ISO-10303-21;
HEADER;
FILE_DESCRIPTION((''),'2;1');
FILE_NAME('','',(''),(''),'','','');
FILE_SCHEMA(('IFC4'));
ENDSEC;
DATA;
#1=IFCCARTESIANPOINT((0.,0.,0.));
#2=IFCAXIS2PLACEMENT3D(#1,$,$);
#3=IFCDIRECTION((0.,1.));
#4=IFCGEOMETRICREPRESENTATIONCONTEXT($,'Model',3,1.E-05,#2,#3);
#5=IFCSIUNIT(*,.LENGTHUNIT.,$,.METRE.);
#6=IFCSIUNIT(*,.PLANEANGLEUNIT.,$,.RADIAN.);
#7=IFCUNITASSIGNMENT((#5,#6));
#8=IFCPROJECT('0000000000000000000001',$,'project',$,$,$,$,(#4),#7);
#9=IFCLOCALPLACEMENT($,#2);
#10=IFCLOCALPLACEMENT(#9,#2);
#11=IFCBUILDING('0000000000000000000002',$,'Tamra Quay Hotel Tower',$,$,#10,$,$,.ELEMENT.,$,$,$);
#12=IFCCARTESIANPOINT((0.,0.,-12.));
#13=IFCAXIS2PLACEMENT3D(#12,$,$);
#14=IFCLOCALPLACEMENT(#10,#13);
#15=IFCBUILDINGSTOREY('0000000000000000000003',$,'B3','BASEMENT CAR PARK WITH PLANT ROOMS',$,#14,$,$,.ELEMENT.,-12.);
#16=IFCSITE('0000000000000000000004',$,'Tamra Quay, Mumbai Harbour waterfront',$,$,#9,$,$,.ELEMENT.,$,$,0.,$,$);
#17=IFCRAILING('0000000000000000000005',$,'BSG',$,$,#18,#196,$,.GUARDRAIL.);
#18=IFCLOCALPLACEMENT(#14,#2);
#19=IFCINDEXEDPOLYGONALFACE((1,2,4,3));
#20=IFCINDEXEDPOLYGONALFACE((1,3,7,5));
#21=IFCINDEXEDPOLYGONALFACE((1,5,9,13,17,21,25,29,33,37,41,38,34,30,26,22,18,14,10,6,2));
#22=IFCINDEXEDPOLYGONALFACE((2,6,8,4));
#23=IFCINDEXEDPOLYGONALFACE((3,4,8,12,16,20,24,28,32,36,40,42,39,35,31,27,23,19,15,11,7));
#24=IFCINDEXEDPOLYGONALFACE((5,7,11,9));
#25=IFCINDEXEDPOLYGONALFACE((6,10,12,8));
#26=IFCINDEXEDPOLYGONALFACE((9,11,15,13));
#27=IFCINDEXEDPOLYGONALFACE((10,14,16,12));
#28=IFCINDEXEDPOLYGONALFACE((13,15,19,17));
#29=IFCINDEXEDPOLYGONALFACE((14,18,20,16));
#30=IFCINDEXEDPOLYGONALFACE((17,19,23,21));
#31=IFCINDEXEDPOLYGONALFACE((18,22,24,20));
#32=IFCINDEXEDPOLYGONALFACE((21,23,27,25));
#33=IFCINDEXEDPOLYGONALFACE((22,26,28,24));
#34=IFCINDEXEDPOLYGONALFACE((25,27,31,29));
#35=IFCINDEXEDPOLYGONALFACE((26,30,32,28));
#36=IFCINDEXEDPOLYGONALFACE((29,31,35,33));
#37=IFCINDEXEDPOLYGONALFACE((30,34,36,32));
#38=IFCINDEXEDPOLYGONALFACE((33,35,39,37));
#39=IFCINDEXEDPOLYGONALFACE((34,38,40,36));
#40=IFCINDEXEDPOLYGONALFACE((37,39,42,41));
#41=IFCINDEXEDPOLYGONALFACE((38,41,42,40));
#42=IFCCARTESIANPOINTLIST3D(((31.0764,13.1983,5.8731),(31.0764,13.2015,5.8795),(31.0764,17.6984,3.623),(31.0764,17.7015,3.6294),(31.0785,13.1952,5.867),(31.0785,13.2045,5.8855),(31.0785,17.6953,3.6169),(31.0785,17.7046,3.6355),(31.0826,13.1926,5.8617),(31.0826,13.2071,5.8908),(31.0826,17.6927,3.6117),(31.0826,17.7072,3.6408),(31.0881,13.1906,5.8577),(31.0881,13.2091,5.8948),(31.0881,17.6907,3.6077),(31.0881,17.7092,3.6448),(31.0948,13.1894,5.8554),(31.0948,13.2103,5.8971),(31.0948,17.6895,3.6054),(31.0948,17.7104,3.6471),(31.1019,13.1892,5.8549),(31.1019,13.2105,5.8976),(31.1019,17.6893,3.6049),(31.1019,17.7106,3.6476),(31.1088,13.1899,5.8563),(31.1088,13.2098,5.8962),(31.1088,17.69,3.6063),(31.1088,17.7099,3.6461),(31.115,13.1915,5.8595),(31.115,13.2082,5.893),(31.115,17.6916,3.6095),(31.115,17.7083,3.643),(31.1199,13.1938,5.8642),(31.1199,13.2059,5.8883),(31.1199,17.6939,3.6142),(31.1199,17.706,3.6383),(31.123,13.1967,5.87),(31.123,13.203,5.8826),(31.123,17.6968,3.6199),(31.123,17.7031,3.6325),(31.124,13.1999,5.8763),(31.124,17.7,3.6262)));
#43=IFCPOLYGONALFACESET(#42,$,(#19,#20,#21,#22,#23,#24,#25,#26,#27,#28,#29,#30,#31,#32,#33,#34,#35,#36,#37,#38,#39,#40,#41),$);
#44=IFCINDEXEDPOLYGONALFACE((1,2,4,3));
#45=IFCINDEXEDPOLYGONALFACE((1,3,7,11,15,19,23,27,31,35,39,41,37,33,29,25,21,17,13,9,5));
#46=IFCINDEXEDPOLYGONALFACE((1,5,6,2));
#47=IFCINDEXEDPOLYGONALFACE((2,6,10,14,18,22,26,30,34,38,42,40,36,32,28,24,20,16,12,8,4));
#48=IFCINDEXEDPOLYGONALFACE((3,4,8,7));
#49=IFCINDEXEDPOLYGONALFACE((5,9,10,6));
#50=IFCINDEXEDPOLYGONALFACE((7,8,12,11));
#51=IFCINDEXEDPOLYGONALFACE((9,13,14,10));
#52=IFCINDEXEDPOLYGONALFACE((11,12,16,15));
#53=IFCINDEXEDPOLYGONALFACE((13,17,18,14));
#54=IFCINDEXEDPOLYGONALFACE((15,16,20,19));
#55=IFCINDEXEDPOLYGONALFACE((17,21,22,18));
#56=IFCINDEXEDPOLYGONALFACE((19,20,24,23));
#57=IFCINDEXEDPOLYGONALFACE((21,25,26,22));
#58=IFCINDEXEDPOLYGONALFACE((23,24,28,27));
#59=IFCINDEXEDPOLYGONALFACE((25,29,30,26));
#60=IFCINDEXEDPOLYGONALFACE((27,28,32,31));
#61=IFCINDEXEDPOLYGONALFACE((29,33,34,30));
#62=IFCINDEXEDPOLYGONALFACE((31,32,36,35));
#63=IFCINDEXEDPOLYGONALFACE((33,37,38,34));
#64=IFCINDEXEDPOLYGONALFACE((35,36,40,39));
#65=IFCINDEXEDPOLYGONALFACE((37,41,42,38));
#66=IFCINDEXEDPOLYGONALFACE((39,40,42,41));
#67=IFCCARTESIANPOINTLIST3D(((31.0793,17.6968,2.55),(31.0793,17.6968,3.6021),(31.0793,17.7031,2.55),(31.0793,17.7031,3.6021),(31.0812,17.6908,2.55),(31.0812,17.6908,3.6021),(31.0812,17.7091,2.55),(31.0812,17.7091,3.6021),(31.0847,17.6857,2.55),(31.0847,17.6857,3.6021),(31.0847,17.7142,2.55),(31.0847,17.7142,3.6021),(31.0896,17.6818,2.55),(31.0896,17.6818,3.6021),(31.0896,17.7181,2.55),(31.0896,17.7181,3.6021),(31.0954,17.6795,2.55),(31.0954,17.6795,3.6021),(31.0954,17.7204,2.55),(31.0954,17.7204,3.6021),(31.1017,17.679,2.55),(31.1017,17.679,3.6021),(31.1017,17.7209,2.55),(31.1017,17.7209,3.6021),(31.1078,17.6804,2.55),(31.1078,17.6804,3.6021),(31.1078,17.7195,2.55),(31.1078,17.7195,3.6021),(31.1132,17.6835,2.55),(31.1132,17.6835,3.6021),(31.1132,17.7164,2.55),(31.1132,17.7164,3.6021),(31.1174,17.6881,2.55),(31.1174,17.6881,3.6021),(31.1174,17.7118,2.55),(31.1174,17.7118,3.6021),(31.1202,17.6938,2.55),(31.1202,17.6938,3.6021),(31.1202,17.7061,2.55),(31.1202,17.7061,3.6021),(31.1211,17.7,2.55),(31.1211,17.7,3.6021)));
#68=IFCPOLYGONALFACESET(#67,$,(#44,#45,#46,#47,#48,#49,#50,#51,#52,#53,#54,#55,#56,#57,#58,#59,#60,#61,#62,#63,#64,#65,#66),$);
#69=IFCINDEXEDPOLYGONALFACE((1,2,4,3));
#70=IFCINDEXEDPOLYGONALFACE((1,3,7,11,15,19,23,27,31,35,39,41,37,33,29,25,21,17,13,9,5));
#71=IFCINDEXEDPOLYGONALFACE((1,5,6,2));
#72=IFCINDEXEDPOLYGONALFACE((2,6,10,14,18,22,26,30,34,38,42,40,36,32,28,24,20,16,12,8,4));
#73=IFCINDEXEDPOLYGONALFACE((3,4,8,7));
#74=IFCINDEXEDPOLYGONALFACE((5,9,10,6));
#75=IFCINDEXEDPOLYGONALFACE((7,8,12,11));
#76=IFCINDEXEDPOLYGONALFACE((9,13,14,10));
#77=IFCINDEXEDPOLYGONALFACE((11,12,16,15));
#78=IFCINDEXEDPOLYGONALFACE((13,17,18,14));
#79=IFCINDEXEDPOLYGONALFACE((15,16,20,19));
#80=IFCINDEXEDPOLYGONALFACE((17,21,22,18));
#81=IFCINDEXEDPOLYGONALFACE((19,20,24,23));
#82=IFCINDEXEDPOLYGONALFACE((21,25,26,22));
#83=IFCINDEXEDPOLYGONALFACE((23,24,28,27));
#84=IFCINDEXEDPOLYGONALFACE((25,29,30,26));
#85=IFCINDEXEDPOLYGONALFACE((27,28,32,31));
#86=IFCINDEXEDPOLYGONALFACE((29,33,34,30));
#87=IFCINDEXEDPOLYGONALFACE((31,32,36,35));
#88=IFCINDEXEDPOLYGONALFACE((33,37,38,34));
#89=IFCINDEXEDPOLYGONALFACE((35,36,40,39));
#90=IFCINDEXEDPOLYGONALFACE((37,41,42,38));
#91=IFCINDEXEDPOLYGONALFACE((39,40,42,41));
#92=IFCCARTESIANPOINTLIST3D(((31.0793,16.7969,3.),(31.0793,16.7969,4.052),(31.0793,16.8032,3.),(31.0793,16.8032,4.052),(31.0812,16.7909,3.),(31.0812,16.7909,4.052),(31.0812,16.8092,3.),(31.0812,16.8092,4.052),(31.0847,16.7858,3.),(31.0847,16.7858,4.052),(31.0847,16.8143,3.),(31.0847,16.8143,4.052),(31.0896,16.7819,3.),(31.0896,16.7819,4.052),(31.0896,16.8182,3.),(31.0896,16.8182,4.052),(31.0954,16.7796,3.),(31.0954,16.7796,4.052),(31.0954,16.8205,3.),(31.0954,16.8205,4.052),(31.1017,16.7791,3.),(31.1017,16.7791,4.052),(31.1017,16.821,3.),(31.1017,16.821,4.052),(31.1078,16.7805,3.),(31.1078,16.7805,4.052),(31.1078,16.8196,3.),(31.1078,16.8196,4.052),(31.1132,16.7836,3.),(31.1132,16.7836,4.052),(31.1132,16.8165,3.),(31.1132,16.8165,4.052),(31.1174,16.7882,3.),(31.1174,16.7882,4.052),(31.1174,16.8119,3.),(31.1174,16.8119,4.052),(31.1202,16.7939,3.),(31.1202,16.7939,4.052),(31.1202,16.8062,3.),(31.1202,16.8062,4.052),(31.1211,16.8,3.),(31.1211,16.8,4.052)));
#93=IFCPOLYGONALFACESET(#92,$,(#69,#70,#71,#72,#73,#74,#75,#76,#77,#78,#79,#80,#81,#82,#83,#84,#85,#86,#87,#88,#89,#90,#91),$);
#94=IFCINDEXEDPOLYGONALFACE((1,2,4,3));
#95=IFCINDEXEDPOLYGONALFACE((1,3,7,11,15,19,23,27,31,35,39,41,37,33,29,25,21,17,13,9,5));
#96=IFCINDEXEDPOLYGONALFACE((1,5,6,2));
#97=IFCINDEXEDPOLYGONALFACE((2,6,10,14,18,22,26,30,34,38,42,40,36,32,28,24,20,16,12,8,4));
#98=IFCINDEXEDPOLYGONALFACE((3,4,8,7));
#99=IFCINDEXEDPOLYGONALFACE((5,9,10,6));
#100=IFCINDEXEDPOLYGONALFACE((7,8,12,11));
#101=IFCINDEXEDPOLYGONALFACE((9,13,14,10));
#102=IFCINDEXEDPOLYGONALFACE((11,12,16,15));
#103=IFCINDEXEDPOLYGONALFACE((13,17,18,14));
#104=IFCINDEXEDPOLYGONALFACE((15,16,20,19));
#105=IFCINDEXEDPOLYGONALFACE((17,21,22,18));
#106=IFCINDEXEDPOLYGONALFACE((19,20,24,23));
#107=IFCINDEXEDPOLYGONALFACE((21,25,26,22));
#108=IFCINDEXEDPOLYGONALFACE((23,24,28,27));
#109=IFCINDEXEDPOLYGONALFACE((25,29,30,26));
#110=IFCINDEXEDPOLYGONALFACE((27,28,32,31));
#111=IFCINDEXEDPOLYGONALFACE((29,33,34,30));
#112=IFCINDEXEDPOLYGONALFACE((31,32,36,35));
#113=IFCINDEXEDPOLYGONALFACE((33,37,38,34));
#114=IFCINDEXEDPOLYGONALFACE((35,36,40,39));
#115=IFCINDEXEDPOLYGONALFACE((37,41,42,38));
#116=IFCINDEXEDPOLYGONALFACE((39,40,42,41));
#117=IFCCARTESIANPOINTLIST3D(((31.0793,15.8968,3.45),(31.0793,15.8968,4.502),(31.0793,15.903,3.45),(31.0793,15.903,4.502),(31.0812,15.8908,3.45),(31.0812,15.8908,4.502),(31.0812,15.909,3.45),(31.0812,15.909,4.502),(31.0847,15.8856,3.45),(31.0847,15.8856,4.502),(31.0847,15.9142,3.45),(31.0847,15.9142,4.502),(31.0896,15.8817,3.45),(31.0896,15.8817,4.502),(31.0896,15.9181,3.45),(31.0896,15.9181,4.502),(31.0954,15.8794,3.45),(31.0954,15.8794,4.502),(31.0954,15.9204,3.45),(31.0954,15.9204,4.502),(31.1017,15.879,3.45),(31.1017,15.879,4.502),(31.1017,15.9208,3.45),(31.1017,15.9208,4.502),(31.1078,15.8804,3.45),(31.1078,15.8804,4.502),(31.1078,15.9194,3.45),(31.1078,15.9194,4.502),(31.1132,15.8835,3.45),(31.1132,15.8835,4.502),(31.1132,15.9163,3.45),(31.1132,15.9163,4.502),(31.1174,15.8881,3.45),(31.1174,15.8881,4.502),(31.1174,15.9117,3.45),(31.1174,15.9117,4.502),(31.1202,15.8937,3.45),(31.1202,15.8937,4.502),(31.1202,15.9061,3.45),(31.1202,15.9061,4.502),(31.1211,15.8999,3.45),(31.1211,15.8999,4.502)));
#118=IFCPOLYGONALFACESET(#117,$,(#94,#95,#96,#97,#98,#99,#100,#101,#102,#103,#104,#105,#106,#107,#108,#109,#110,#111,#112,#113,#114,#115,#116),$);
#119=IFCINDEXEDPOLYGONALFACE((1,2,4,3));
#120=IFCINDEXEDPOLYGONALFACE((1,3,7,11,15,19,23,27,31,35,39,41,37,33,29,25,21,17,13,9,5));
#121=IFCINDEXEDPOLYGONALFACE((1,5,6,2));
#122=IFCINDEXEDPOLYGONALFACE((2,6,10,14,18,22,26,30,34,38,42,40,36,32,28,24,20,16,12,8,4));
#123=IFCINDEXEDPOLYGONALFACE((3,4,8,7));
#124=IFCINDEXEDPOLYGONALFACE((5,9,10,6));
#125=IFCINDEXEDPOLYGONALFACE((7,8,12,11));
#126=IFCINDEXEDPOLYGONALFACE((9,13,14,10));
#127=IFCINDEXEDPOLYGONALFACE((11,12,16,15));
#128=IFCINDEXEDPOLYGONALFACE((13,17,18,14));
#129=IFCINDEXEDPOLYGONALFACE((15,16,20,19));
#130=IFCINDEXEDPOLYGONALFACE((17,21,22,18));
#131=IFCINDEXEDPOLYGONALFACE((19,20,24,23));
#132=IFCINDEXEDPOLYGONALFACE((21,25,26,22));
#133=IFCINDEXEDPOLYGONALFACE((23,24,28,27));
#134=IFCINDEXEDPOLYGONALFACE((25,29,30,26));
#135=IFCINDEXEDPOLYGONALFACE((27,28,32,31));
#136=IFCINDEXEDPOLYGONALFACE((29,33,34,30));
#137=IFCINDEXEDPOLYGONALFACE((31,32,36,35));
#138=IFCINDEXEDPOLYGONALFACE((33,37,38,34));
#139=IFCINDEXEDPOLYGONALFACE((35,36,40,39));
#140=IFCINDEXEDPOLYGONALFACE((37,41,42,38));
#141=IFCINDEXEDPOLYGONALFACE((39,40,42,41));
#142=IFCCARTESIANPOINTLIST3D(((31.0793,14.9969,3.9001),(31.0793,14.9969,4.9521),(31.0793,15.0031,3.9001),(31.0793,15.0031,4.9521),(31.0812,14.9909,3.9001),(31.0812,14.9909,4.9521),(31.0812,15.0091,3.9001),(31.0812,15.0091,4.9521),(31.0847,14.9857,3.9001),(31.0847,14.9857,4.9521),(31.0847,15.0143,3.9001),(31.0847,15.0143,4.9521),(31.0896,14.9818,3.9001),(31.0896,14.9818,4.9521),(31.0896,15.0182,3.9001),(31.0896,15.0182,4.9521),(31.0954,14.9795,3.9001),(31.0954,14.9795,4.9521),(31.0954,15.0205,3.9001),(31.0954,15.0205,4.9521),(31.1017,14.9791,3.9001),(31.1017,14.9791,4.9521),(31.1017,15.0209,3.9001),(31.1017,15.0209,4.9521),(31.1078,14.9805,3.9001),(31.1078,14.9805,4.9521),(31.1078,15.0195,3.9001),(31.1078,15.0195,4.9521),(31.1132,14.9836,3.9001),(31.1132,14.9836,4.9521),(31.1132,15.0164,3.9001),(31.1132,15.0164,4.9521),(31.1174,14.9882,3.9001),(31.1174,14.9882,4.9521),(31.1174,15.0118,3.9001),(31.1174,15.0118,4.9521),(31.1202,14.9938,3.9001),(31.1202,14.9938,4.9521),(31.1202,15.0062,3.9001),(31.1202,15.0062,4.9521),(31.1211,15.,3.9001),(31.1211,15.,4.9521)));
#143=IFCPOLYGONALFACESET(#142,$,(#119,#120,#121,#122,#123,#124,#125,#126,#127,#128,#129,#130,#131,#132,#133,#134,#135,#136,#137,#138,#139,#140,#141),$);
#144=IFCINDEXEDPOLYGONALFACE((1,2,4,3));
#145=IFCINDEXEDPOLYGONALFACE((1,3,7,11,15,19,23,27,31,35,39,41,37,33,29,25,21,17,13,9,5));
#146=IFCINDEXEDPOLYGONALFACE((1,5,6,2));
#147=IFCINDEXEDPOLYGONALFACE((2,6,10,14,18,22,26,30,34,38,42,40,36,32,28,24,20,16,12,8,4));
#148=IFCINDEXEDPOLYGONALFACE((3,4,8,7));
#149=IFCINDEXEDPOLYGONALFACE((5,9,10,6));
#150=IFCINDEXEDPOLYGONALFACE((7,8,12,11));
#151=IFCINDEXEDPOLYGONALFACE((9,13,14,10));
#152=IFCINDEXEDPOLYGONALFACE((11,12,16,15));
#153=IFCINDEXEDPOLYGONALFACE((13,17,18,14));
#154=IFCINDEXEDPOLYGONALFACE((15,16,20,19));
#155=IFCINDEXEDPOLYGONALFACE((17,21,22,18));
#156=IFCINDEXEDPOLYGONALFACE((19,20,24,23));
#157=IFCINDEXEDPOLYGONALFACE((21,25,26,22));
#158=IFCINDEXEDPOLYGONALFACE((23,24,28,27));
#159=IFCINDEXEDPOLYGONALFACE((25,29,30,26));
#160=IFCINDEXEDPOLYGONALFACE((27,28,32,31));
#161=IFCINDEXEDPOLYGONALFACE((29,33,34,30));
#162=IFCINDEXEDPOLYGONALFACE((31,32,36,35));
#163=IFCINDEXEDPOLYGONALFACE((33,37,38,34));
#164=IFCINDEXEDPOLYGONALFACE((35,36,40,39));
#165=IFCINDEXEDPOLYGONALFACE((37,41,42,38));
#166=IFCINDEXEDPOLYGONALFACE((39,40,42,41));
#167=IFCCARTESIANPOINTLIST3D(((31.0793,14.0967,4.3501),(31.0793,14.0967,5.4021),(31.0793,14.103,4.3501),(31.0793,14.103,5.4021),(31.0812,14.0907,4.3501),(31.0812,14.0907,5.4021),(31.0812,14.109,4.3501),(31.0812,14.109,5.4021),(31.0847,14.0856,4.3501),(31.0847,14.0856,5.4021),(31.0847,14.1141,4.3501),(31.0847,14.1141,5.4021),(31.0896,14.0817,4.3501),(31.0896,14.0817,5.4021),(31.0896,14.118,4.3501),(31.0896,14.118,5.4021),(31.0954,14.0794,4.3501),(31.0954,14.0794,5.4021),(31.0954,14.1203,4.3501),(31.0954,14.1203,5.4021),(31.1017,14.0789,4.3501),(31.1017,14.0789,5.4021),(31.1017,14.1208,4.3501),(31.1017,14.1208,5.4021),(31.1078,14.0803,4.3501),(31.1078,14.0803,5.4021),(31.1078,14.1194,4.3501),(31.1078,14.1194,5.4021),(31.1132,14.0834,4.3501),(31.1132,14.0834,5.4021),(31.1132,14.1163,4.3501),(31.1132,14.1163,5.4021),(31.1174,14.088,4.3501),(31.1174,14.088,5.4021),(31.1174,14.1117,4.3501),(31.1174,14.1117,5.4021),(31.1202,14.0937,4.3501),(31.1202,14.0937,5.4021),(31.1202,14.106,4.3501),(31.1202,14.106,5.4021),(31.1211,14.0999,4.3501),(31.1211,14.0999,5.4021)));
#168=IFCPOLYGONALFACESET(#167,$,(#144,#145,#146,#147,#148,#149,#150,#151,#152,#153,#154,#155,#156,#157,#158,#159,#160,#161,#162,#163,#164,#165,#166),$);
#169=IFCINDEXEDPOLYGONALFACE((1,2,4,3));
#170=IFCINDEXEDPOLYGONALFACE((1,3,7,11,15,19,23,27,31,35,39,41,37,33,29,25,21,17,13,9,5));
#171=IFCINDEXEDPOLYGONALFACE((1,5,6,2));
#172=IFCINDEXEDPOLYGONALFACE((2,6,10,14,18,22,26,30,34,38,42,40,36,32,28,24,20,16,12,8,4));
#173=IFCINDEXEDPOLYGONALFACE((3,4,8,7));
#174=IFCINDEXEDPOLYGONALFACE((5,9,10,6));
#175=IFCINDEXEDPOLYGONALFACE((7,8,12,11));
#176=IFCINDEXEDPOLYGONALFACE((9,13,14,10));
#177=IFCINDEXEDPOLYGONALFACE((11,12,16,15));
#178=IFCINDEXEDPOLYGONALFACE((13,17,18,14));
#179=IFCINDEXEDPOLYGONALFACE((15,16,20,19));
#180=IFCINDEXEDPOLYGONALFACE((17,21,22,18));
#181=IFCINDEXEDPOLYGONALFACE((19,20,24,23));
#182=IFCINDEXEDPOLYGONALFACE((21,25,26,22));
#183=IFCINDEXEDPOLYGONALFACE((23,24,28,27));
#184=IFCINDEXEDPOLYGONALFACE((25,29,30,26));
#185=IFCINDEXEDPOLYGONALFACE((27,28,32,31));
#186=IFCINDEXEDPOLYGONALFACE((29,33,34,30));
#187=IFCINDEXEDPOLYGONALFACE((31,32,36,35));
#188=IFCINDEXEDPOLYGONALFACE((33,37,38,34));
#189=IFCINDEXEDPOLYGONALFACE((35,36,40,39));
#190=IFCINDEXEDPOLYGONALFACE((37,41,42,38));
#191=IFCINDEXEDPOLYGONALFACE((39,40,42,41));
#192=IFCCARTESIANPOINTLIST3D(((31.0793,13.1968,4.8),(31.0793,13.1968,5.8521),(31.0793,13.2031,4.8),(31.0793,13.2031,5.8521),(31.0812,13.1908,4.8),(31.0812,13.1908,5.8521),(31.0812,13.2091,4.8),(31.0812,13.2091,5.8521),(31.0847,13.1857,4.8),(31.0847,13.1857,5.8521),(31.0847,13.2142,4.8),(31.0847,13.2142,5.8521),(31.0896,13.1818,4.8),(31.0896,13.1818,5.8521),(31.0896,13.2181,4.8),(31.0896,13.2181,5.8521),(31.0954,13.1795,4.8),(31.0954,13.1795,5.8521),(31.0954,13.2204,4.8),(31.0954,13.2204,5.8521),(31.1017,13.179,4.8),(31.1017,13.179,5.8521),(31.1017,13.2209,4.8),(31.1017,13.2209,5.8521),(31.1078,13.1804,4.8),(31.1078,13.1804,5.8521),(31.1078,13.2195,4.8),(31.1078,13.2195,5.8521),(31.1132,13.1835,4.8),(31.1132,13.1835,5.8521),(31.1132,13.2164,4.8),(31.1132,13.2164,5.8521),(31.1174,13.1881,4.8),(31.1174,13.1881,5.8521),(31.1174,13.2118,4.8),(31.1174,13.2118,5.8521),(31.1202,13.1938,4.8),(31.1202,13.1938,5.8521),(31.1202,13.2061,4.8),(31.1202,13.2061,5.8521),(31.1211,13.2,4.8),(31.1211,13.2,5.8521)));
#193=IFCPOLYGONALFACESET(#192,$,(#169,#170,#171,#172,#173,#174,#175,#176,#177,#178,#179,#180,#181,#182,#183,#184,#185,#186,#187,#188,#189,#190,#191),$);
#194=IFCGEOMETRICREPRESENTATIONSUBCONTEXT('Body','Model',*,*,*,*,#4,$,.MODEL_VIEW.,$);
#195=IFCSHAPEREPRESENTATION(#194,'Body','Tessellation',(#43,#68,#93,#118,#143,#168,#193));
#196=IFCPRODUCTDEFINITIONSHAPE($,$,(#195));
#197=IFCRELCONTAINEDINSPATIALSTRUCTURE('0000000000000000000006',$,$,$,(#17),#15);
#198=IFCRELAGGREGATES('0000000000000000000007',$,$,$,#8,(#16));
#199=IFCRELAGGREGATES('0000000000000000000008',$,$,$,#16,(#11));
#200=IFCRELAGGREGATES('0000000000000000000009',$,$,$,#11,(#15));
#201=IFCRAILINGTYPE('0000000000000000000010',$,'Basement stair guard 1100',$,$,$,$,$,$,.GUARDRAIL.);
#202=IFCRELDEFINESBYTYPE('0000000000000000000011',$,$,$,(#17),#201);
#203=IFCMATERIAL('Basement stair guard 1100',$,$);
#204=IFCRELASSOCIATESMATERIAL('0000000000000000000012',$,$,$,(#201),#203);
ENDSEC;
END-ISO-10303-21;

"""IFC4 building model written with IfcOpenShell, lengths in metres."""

from ifc_helpers import new_model, si_unit, direction, frame, origin, origin_2d, place, context, subcontext, project, spatial, circle, extrude, material, type_object, element, save


model = new_model("IFC4")

# Units and contexts
model_context = context("Model", 3, precision=1e-05, world=origin(), true_north=direction((0.0, 1.0)))
body_context = subcontext(model_context, "Body", "Model", "MODEL_VIEW")
ifc_project = project(units=[si_unit("LENGTHUNIT", "METRE"), si_unit("PLANEANGLEUNIT", "RADIAN")], contexts=[model_context])

# Site, building, storey
site_placement = place(None, origin())
site = spatial("IfcSite", under=ifc_project, at=site_placement, Name="Tamra Quay, Mumbai Harbour waterfront", CompositionType="ELEMENT", RefElevation=0.0)
building_placement = place(site_placement, origin())
building = spatial("IfcBuilding", under=site, at=building_placement, Name="Tamra Quay Hotel Tower", CompositionType="ELEMENT")
storey_placement = place(building_placement, frame((0.0, 0.0, -12.0)))
storey = spatial("IfcBuildingStorey", under=building, at=storey_placement, Name="B3", Description="BASEMENT CAR PARK WITH PLANT ROOMS", CompositionType="ELEMENT", Elevation=-12.0)

# Railing
ifc_material_1 = material(Name="Basement stair guard 1100")
railing_type_1 = type_object("IfcRailingType", Name="Basement stair guard 1100", PredefinedType="GUARDRAIL", material=ifc_material_1)
railing_1_placement = place(storey_placement, frame((31.1001, 17.7, 2.55)))
element("IfcRailing", 1, at=railing_1_placement, inside=storey, type_object=railing_type_1, Name="BSG", PredefinedType="GUARDRAIL", context=body_context, shape_type="SweptSolid", body=[
    extrude(circle(Radius=0.0239, at=origin_2d()), frame((0.0, 0.0, 1.0762), z_axis=(0.0, -0.894427, 0.447214), x_axis=(1.0, 0.0, 0.0)), (0.0, 0.0, 1.0), 5.0312),
    extrude(circle(Radius=0.021, at=origin_2d()), origin(), (0.0, 0.0, 1.0), 1.052),
    extrude(circle(Radius=0.021, at=origin_2d()), frame((0.0, -0.8999, 0.45)), (0.0, 0.0, 1.0), 1.052),
    extrude(circle(Radius=0.021, at=origin_2d()), frame((0.0, -1.8, 0.8999)), (0.0, 0.0, 1.0), 1.052),
    extrude(circle(Radius=0.021, at=origin_2d()), frame((0.0, -2.7, 1.3501)), (0.0, 0.0, 1.0), 1.052),
    extrude(circle(Radius=0.021, at=origin_2d()), frame((0.0, -3.6001, 1.8)), (0.0, 0.0, 1.0), 1.052),
    extrude(circle(Radius=0.021, at=origin_2d()), frame((0.0, -4.5, 2.25)), (0.0, 0.0, 1.0), 1.052),
])

save(model, "model.ifc")
